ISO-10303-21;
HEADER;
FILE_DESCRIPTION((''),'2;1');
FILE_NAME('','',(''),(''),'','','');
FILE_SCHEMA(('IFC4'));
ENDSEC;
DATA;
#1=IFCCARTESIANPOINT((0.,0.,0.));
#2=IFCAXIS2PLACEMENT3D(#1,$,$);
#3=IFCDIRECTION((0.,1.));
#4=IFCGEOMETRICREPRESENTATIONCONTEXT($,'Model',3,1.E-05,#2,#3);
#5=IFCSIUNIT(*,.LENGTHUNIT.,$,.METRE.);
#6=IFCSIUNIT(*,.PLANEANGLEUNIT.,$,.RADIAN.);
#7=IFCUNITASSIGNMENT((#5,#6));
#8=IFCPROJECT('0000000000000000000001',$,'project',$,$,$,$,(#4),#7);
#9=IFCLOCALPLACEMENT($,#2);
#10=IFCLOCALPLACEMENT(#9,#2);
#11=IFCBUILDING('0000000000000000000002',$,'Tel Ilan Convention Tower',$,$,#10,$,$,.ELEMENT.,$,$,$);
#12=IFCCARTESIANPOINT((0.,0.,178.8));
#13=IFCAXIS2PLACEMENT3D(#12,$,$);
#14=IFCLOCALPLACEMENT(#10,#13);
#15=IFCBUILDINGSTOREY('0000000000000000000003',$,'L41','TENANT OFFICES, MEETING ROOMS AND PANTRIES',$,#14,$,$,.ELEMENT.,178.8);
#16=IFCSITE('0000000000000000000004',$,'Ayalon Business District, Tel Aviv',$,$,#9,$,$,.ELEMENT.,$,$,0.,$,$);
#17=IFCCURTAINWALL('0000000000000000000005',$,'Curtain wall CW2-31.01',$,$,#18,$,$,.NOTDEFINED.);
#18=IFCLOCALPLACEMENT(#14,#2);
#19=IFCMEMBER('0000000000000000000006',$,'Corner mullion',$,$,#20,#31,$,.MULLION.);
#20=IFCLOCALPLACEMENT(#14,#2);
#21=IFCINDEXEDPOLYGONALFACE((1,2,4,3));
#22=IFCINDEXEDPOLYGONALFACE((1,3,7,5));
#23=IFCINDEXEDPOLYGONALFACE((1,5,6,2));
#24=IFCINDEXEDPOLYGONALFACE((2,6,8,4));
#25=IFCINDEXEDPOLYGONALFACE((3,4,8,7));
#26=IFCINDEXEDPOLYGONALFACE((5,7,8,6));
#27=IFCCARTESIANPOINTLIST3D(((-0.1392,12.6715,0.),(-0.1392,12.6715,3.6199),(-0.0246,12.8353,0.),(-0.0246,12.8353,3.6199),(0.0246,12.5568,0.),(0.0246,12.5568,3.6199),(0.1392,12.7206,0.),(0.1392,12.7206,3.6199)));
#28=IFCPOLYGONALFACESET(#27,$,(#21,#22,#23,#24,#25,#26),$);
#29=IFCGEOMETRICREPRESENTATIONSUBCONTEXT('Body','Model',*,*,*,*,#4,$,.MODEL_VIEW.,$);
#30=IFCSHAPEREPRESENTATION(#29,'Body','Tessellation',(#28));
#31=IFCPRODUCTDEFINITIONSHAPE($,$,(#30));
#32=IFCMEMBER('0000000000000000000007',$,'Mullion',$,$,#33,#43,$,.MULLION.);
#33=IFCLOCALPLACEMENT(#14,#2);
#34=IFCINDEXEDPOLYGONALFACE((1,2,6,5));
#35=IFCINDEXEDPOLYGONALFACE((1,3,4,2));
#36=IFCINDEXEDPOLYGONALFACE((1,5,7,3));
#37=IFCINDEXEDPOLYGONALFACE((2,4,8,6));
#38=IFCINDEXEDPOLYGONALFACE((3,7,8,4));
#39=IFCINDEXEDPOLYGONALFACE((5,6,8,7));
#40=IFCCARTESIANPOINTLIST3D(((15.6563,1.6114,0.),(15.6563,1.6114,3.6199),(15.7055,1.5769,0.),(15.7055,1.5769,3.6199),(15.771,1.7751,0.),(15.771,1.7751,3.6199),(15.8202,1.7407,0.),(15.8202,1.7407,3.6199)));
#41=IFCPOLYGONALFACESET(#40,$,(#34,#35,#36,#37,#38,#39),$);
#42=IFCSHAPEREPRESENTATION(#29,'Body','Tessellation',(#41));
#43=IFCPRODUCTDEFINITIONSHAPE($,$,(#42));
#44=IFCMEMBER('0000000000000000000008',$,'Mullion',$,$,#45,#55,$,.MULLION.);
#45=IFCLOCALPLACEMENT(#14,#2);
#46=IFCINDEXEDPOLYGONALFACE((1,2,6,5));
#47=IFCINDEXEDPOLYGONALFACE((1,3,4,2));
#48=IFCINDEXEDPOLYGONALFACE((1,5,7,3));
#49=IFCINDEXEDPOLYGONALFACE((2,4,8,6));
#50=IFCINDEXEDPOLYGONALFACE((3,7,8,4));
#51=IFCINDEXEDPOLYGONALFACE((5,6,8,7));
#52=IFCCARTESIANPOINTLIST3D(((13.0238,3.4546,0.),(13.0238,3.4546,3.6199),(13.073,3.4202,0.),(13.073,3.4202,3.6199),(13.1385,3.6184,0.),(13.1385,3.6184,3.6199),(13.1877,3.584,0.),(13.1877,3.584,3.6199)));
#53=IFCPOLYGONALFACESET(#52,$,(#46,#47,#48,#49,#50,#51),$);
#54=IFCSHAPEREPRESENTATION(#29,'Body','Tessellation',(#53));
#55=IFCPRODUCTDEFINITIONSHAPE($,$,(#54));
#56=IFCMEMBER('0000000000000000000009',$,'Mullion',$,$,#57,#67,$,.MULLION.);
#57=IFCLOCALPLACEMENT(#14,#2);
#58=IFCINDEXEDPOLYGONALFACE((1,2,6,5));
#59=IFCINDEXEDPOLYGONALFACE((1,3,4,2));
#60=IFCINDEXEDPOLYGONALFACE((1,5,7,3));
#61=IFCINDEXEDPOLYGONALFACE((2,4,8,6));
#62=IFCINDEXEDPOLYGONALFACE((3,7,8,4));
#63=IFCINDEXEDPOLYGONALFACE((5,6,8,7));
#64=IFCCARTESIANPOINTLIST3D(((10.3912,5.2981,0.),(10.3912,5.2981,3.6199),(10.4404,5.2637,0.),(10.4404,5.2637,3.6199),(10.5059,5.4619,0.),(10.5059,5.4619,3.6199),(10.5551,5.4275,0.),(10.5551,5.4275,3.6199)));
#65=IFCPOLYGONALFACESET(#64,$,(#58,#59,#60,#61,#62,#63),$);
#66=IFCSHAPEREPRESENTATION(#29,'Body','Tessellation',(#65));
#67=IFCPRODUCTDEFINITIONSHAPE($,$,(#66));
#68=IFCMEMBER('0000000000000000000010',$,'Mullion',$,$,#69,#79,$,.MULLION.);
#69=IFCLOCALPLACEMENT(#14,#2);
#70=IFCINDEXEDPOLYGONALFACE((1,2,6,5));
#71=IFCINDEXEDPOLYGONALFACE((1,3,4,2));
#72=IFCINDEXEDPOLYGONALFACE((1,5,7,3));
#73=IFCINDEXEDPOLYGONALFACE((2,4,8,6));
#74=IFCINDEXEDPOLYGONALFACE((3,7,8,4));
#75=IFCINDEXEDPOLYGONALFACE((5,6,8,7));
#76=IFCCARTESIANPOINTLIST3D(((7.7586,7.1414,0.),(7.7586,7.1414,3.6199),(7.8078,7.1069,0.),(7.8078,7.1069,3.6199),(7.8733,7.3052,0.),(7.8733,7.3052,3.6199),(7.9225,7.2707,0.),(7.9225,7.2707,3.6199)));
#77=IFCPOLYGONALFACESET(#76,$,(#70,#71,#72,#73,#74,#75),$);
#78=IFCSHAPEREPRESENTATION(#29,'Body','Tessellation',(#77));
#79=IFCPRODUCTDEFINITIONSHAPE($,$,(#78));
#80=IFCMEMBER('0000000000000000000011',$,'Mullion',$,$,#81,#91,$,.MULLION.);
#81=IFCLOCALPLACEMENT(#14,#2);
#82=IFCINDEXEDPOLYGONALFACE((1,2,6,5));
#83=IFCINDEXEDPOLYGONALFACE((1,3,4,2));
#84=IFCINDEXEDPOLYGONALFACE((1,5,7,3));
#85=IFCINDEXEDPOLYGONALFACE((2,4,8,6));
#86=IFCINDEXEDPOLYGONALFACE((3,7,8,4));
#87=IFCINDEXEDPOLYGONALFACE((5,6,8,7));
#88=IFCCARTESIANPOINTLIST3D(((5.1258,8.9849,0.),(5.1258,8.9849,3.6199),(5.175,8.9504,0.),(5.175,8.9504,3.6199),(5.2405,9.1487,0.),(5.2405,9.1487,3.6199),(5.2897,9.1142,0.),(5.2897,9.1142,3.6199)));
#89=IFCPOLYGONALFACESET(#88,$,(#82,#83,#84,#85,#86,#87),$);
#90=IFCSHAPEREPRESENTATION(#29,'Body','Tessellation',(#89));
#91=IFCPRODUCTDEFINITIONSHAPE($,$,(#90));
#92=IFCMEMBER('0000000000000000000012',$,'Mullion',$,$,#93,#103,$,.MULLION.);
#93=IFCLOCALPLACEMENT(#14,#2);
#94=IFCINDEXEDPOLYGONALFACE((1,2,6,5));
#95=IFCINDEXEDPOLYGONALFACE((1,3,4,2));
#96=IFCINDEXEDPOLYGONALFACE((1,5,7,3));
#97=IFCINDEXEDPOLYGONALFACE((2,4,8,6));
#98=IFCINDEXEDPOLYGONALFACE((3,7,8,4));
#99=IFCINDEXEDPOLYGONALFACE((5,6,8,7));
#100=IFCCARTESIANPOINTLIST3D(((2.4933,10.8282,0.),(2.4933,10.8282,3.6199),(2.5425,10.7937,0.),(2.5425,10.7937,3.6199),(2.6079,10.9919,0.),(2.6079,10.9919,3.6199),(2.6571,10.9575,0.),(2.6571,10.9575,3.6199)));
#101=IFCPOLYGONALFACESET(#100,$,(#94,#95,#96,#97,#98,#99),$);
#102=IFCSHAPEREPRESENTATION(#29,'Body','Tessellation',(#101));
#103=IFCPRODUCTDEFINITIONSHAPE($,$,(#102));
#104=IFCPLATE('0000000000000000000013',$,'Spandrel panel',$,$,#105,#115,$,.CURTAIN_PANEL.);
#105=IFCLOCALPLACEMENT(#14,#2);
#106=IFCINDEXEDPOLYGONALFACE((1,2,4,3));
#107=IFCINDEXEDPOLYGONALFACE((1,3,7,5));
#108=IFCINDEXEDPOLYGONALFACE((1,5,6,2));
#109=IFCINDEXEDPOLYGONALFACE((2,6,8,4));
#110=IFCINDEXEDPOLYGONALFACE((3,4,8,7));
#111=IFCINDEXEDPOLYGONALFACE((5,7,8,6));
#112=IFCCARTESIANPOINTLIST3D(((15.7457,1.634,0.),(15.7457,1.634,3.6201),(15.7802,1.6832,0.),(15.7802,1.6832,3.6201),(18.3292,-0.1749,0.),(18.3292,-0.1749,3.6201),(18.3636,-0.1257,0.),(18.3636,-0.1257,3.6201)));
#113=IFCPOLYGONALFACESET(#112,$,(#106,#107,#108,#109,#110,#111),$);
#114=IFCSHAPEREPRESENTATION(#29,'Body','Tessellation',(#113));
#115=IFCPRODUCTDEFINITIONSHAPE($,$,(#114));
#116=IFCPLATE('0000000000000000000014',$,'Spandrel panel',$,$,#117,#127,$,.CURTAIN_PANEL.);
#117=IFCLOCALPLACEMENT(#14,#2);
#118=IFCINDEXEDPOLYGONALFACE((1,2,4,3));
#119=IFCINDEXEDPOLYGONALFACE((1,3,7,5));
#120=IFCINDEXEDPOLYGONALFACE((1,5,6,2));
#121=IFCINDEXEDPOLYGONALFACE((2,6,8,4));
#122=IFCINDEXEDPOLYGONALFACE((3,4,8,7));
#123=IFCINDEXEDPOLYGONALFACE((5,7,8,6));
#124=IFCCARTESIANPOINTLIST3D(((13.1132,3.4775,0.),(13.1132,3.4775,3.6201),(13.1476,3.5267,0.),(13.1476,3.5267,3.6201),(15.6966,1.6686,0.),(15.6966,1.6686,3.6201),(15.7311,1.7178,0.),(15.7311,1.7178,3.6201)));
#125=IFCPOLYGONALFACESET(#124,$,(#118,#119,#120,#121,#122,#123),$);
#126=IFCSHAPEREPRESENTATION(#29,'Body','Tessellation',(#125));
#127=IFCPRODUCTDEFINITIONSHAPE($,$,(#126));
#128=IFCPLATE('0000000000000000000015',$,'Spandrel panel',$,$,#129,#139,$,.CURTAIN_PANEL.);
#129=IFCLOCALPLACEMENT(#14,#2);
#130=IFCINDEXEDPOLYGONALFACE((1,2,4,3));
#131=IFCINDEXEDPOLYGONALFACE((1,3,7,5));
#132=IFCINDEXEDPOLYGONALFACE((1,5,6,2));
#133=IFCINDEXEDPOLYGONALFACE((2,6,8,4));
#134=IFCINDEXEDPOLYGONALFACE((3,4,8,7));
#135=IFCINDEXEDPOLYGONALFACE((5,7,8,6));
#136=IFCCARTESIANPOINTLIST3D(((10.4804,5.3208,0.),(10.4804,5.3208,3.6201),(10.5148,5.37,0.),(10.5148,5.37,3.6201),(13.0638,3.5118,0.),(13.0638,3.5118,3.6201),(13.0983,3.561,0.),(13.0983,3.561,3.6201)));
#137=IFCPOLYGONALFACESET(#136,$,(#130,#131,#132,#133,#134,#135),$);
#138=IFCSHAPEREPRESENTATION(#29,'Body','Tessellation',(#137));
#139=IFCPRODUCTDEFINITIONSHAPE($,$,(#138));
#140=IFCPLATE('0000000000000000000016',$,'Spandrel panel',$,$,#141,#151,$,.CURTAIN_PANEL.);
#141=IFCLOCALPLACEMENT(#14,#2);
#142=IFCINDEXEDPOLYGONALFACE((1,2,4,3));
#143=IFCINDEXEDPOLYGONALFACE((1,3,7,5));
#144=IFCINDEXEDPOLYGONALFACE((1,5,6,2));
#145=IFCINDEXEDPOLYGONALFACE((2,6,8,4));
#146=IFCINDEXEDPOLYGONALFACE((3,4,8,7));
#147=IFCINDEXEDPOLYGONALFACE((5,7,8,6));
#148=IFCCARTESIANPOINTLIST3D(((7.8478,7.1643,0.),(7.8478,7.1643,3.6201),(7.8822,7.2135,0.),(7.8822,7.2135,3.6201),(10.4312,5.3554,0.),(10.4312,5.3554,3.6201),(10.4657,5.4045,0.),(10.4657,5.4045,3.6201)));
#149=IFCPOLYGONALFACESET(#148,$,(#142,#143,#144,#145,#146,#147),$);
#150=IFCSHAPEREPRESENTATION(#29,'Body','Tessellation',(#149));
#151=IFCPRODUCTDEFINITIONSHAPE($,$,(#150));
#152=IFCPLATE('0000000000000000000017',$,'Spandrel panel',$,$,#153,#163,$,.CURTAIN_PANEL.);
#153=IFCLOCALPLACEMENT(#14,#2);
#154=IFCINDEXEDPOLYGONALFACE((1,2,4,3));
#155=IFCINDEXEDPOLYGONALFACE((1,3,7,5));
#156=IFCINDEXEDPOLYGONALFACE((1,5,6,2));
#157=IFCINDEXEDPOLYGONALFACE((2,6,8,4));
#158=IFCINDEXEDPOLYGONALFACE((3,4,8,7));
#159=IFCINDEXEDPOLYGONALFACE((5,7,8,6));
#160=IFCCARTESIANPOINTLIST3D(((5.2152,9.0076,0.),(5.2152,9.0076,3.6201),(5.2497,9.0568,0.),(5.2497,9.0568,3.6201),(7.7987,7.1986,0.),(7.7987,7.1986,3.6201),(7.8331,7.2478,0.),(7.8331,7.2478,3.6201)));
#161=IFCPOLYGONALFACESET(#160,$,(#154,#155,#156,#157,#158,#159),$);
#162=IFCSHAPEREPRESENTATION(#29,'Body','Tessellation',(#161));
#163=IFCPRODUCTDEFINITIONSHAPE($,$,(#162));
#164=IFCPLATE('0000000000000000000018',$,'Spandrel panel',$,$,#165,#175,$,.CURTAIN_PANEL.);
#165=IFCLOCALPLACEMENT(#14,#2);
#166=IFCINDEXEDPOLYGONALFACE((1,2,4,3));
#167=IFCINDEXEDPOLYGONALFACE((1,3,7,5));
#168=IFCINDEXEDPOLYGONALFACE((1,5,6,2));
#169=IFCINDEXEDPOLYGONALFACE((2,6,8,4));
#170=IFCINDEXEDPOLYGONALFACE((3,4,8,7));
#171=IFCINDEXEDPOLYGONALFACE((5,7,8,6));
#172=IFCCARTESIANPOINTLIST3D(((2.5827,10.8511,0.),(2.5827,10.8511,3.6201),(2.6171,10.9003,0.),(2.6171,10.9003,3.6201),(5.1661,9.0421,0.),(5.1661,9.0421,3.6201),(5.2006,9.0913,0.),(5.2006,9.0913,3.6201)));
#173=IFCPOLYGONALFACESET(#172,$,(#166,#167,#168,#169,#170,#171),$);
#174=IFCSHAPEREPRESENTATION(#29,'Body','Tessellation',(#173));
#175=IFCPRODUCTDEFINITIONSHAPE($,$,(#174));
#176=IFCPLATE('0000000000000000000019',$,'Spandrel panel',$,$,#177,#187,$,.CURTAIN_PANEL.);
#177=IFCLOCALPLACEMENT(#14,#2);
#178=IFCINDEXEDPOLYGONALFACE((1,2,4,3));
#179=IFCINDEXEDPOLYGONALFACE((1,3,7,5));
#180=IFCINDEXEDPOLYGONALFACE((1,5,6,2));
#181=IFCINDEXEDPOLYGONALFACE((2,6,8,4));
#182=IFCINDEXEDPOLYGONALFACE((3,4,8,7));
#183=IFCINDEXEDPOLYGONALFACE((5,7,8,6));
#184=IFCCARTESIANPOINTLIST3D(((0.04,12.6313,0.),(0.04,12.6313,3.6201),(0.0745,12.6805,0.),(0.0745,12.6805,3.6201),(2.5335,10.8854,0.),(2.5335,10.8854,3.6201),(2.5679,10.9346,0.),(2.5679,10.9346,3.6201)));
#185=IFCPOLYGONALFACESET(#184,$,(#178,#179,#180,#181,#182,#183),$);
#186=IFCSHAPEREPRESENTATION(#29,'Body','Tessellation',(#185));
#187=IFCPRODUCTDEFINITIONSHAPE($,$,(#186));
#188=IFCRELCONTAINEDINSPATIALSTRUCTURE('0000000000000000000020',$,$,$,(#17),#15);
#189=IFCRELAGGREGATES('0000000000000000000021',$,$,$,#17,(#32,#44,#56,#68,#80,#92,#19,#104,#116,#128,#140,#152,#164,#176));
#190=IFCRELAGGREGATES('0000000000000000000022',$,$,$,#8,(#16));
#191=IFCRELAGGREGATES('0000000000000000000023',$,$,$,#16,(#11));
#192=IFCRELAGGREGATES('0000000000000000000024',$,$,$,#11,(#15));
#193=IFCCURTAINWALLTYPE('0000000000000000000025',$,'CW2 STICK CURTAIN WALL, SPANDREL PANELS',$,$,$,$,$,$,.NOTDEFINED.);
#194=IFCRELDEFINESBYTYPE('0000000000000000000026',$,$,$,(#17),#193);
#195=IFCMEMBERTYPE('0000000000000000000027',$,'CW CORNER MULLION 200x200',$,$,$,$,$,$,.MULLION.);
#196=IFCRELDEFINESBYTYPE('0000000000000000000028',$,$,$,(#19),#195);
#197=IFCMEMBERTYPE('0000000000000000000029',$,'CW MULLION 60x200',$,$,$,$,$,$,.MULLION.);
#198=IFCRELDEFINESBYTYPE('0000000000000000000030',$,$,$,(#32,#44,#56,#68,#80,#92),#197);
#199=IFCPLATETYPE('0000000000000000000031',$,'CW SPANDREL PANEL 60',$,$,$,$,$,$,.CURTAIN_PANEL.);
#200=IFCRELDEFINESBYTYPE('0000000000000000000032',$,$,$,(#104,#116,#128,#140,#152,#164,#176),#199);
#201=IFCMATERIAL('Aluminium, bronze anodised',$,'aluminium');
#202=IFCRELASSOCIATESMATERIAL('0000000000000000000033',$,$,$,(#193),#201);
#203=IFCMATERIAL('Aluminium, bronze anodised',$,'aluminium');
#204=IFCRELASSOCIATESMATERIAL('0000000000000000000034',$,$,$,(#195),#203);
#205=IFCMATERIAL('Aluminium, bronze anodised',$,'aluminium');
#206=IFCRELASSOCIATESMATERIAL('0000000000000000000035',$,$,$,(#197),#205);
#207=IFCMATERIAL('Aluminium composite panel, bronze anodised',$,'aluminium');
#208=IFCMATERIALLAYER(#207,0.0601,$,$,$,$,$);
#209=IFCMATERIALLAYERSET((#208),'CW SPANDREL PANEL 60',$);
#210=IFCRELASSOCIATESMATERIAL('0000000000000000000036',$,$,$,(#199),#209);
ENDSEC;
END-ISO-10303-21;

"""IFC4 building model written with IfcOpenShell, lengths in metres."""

from ifc_helpers import new_model, si_unit, direction, frame, origin, origin_2d, place, context, subcontext, project, spatial, rectangle, extrude, material, layer, layer_set, material_profile, profile_set, type_object, element, aggregate, save


model = new_model("IFC4")

# Units and contexts
model_context = context("Model", 3, precision=1e-05, world=origin(), true_north=direction((0.0, 1.0)))
body_context = subcontext(model_context, "Body", "Model", "MODEL_VIEW")
ifc_project = project(units=[si_unit("LENGTHUNIT", "METRE"), si_unit("PLANEANGLEUNIT", "RADIAN")], contexts=[model_context])

# Site, building, storey
site_placement = place(None, origin())
site = spatial("IfcSite", under=ifc_project, at=site_placement, Name="Ayalon Business District, Tel Aviv", CompositionType="ELEMENT", RefElevation=0.0)
building_placement = place(site_placement, origin())
building = spatial("IfcBuilding", under=site, at=building_placement, Name="Tel Ilan Convention Tower", CompositionType="ELEMENT")
storey_placement = place(building_placement, frame((0.0, 0.0, 178.8)))
storey = spatial("IfcBuildingStorey", under=building, at=storey_placement, Name="L41", Description="TENANT OFFICES, MEETING ROOMS AND PANTRIES", CompositionType="ELEMENT", Elevation=178.8)

# Curtain wall, members, plates
ifc_material_1 = material(Name="Aluminium, bronze anodised", Category="aluminium")
curtain_wall_type = type_object("IfcCurtainWallType", Name="CW2 STICK CURTAIN WALL, SPANDREL PANELS", PredefinedType="NOTDEFINED", material=ifc_material_1)
curtain_wall_placement = place(storey_placement, origin())
curtain_wall = element("IfcCurtainWall", 1, at=curtain_wall_placement, inside=storey, type_object=curtain_wall_type, Name="Curtain wall CW2-31.01", PredefinedType="NOTDEFINED")
ifc_material_2 = material(Name="Aluminium, bronze anodised", Category="aluminium")
ifc_material_profile_1 = material_profile(ifc_material_2, rectangle(XDim=0.2, YDim=0.2, at=origin_2d()), Name="CW CORNER MULLION 200x200")
ifc_profile_set_1 = profile_set([ifc_material_profile_1], Name="Aluminium, bronze anodised")
member_type_1 = type_object("IfcMemberType", Name="CW CORNER MULLION 200x200", PredefinedType="MULLION", material=ifc_profile_set_1)
member_1_placement = place(storey_placement, frame((0.0, 12.696, 0.0), z_axis=(0.0, 0.0, 1.0), x_axis=(-0.819152, 0.573576, 0.0)))
member_1 = element("IfcMember", 2, at=member_1_placement, type_object=member_type_1, Name="Corner mullion", PredefinedType="MULLION", context=body_context, shape_type="SweptSolid", body=[
    extrude(rectangle(XDim=0.2, YDim=0.2, at=origin_2d()), origin(), (0.0, 0.0, 1.0), 3.6199),
])
ifc_material_3 = material(Name="Aluminium, bronze anodised", Category="aluminium")
ifc_material_profile_2 = material_profile(ifc_material_3, rectangle(XDim=0.0601, YDim=0.2, at=origin_2d()), Name="CW MULLION 60x200")
ifc_profile_set_2 = profile_set([ifc_material_profile_2], Name="Aluminium, bronze anodised")
member_type_2 = type_object("IfcMemberType", Name="CW MULLION 60x200", PredefinedType="MULLION", material=ifc_profile_set_2)
member_2_placement = place(storey_placement, frame((15.7383, 1.676, 0.0), z_axis=(0.0, 0.0, 1.0), x_axis=(-0.819152, 0.573576, 0.0)))
member_2 = element("IfcMember", 3, at=member_2_placement, type_object=member_type_2, Name="Mullion", PredefinedType="MULLION", context=body_context, shape_type="SweptSolid", body=[
    extrude(rectangle(XDim=0.0601, YDim=0.2, at=origin_2d()), origin(), (0.0, 0.0, 1.0), 3.6199),
])
member_3_placement = place(storey_placement, frame((13.1057, 3.5193, 0.0), z_axis=(0.0, 0.0, 1.0), x_axis=(-0.819152, 0.573576, 0.0)))
member_3 = element("IfcMember", 4, at=member_3_placement, type_object=member_type_2, Name="Mullion", PredefinedType="MULLION", context=body_context, shape_type="SweptSolid", body=[
    extrude(rectangle(XDim=0.0601, YDim=0.2, at=origin_2d()), origin(), (0.0, 0.0, 1.0), 3.6199),
])
member_4_placement = place(storey_placement, frame((10.4731, 5.3628, 0.0), z_axis=(0.0, 0.0, 1.0), x_axis=(-0.819152, 0.573576, 0.0)))
member_4 = element("IfcMember", 5, at=member_4_placement, type_object=member_type_2, Name="Mullion", PredefinedType="MULLION", context=body_context, shape_type="SweptSolid", body=[
    extrude(rectangle(XDim=0.0601, YDim=0.2, at=origin_2d()), origin(), (0.0, 0.0, 1.0), 3.6199),
])
member_5_placement = place(storey_placement, frame((7.8406, 7.2061, 0.0), z_axis=(0.0, 0.0, 1.0), x_axis=(-0.819152, 0.573576, 0.0)))
member_5 = element("IfcMember", 6, at=member_5_placement, type_object=member_type_2, Name="Mullion", PredefinedType="MULLION", context=body_context, shape_type="SweptSolid", body=[
    extrude(rectangle(XDim=0.0601, YDim=0.2, at=origin_2d()), origin(), (0.0, 0.0, 1.0), 3.6199),
])
member_6_placement = place(storey_placement, frame((5.2078, 9.0496, 0.0), z_axis=(0.0, 0.0, 1.0), x_axis=(-0.819152, 0.573576, 0.0)))
member_6 = element("IfcMember", 7, at=member_6_placement, type_object=member_type_2, Name="Mullion", PredefinedType="MULLION", context=body_context, shape_type="SweptSolid", body=[
    extrude(rectangle(XDim=0.0601, YDim=0.2, at=origin_2d()), origin(), (0.0, 0.0, 1.0), 3.6199),
])
member_7_placement = place(storey_placement, frame((2.5752, 10.8928, 0.0), z_axis=(0.0, 0.0, 1.0), x_axis=(-0.819152, 0.573576, 0.0)))
member_7 = element("IfcMember", 8, at=member_7_placement, type_object=member_type_2, Name="Mullion", PredefinedType="MULLION", context=body_context, shape_type="SweptSolid", body=[
    extrude(rectangle(XDim=0.0601, YDim=0.2, at=origin_2d()), origin(), (0.0, 0.0, 1.0), 3.6199),
])
ifc_material_4 = material(Name="Aluminium composite panel, bronze anodised", Category="aluminium")
ifc_layer_1 = layer(ifc_material_4, 0.0601)
ifc_layer_set_1 = layer_set([ifc_layer_1], Name="CW SPANDREL PANEL 60")
plate_type = type_object("IfcPlateType", Name="CW SPANDREL PANEL 60", PredefinedType="CURTAIN_PANEL", material=ifc_layer_set_1)
plate_1_placement = place(storey_placement, frame((17.0547, 0.7542, 0.0), z_axis=(0.0, 0.0, 1.0), x_axis=(-0.819152, 0.573576, 0.0)))
plate_1 = element("IfcPlate", 9, at=plate_1_placement, type_object=plate_type, Name="Spandrel panel", PredefinedType="CURTAIN_PANEL", context=body_context, shape_type="SweptSolid", body=[
    extrude(rectangle(XDim=3.1538, YDim=0.0601, at=origin_2d()), origin(), (0.0, 0.0, 1.0), 3.6201),
])
plate_2_placement = place(storey_placement, frame((14.4221, 2.5977, 0.0), z_axis=(0.0, 0.0, 1.0), x_axis=(-0.819152, 0.573576, 0.0)))
plate_2 = element("IfcPlate", 10, at=plate_2_placement, type_object=plate_type, Name="Spandrel panel", PredefinedType="CURTAIN_PANEL", context=body_context, shape_type="SweptSolid", body=[
    extrude(rectangle(XDim=3.1538, YDim=0.0601, at=origin_2d()), origin(), (0.0, 0.0, 1.0), 3.6201),
])
plate_3_placement = place(storey_placement, frame((11.7893, 4.4409, 0.0), z_axis=(0.0, 0.0, 1.0), x_axis=(-0.819152, 0.573576, 0.0)))
plate_3 = element("IfcPlate", 11, at=plate_3_placement, type_object=plate_type, Name="Spandrel panel", PredefinedType="CURTAIN_PANEL", context=body_context, shape_type="SweptSolid", body=[
    extrude(rectangle(XDim=3.1538, YDim=0.0601, at=origin_2d()), origin(), (0.0, 0.0, 1.0), 3.6201),
])
plate_4_placement = place(storey_placement, frame((9.1567, 6.2844, 0.0), z_axis=(0.0, 0.0, 1.0), x_axis=(-0.819152, 0.573576, 0.0)))
plate_4 = element("IfcPlate", 12, at=plate_4_placement, type_object=plate_type, Name="Spandrel panel", PredefinedType="CURTAIN_PANEL", context=body_context, shape_type="SweptSolid", body=[
    extrude(rectangle(XDim=3.1538, YDim=0.0601, at=origin_2d()), origin(), (0.0, 0.0, 1.0), 3.6201),
])
plate_5_placement = place(storey_placement, frame((6.5242, 8.1277, 0.0), z_axis=(0.0, 0.0, 1.0), x_axis=(-0.819152, 0.573576, 0.0)))
plate_5 = element("IfcPlate", 13, at=plate_5_placement, type_object=plate_type, Name="Spandrel panel", PredefinedType="CURTAIN_PANEL", context=body_context, shape_type="SweptSolid", body=[
    extrude(rectangle(XDim=3.1538, YDim=0.0601, at=origin_2d()), origin(), (0.0, 0.0, 1.0), 3.6201),
])
plate_6_placement = place(storey_placement, frame((3.8916, 9.9712, 0.0), z_axis=(0.0, 0.0, 1.0), x_axis=(-0.819152, 0.573576, 0.0)))
plate_6 = element("IfcPlate", 14, at=plate_6_placement, type_object=plate_type, Name="Spandrel panel", PredefinedType="CURTAIN_PANEL", context=body_context, shape_type="SweptSolid", body=[
    extrude(rectangle(XDim=3.1538, YDim=0.0601, at=origin_2d()), origin(), (0.0, 0.0, 1.0), 3.6201),
])
plate_7_placement = place(storey_placement, frame((1.304, 11.783, 0.0), z_axis=(0.0, 0.0, 1.0), x_axis=(-0.819152, 0.573576, 0.0)))
plate_7 = element("IfcPlate", 15, at=plate_7_placement, type_object=plate_type, Name="Spandrel panel", PredefinedType="CURTAIN_PANEL", context=body_context, shape_type="SweptSolid", body=[
    extrude(rectangle(XDim=3.0439, YDim=0.0601, at=origin_2d()), origin(), (0.0, 0.0, 1.0), 3.6201),
])
aggregate(curtain_wall, [member_2, member_3, member_4, member_5, member_6, member_7, member_1, plate_1, plate_2, plate_3, plate_4, plate_5, plate_6, plate_7])

save(model, "model.ifc")
